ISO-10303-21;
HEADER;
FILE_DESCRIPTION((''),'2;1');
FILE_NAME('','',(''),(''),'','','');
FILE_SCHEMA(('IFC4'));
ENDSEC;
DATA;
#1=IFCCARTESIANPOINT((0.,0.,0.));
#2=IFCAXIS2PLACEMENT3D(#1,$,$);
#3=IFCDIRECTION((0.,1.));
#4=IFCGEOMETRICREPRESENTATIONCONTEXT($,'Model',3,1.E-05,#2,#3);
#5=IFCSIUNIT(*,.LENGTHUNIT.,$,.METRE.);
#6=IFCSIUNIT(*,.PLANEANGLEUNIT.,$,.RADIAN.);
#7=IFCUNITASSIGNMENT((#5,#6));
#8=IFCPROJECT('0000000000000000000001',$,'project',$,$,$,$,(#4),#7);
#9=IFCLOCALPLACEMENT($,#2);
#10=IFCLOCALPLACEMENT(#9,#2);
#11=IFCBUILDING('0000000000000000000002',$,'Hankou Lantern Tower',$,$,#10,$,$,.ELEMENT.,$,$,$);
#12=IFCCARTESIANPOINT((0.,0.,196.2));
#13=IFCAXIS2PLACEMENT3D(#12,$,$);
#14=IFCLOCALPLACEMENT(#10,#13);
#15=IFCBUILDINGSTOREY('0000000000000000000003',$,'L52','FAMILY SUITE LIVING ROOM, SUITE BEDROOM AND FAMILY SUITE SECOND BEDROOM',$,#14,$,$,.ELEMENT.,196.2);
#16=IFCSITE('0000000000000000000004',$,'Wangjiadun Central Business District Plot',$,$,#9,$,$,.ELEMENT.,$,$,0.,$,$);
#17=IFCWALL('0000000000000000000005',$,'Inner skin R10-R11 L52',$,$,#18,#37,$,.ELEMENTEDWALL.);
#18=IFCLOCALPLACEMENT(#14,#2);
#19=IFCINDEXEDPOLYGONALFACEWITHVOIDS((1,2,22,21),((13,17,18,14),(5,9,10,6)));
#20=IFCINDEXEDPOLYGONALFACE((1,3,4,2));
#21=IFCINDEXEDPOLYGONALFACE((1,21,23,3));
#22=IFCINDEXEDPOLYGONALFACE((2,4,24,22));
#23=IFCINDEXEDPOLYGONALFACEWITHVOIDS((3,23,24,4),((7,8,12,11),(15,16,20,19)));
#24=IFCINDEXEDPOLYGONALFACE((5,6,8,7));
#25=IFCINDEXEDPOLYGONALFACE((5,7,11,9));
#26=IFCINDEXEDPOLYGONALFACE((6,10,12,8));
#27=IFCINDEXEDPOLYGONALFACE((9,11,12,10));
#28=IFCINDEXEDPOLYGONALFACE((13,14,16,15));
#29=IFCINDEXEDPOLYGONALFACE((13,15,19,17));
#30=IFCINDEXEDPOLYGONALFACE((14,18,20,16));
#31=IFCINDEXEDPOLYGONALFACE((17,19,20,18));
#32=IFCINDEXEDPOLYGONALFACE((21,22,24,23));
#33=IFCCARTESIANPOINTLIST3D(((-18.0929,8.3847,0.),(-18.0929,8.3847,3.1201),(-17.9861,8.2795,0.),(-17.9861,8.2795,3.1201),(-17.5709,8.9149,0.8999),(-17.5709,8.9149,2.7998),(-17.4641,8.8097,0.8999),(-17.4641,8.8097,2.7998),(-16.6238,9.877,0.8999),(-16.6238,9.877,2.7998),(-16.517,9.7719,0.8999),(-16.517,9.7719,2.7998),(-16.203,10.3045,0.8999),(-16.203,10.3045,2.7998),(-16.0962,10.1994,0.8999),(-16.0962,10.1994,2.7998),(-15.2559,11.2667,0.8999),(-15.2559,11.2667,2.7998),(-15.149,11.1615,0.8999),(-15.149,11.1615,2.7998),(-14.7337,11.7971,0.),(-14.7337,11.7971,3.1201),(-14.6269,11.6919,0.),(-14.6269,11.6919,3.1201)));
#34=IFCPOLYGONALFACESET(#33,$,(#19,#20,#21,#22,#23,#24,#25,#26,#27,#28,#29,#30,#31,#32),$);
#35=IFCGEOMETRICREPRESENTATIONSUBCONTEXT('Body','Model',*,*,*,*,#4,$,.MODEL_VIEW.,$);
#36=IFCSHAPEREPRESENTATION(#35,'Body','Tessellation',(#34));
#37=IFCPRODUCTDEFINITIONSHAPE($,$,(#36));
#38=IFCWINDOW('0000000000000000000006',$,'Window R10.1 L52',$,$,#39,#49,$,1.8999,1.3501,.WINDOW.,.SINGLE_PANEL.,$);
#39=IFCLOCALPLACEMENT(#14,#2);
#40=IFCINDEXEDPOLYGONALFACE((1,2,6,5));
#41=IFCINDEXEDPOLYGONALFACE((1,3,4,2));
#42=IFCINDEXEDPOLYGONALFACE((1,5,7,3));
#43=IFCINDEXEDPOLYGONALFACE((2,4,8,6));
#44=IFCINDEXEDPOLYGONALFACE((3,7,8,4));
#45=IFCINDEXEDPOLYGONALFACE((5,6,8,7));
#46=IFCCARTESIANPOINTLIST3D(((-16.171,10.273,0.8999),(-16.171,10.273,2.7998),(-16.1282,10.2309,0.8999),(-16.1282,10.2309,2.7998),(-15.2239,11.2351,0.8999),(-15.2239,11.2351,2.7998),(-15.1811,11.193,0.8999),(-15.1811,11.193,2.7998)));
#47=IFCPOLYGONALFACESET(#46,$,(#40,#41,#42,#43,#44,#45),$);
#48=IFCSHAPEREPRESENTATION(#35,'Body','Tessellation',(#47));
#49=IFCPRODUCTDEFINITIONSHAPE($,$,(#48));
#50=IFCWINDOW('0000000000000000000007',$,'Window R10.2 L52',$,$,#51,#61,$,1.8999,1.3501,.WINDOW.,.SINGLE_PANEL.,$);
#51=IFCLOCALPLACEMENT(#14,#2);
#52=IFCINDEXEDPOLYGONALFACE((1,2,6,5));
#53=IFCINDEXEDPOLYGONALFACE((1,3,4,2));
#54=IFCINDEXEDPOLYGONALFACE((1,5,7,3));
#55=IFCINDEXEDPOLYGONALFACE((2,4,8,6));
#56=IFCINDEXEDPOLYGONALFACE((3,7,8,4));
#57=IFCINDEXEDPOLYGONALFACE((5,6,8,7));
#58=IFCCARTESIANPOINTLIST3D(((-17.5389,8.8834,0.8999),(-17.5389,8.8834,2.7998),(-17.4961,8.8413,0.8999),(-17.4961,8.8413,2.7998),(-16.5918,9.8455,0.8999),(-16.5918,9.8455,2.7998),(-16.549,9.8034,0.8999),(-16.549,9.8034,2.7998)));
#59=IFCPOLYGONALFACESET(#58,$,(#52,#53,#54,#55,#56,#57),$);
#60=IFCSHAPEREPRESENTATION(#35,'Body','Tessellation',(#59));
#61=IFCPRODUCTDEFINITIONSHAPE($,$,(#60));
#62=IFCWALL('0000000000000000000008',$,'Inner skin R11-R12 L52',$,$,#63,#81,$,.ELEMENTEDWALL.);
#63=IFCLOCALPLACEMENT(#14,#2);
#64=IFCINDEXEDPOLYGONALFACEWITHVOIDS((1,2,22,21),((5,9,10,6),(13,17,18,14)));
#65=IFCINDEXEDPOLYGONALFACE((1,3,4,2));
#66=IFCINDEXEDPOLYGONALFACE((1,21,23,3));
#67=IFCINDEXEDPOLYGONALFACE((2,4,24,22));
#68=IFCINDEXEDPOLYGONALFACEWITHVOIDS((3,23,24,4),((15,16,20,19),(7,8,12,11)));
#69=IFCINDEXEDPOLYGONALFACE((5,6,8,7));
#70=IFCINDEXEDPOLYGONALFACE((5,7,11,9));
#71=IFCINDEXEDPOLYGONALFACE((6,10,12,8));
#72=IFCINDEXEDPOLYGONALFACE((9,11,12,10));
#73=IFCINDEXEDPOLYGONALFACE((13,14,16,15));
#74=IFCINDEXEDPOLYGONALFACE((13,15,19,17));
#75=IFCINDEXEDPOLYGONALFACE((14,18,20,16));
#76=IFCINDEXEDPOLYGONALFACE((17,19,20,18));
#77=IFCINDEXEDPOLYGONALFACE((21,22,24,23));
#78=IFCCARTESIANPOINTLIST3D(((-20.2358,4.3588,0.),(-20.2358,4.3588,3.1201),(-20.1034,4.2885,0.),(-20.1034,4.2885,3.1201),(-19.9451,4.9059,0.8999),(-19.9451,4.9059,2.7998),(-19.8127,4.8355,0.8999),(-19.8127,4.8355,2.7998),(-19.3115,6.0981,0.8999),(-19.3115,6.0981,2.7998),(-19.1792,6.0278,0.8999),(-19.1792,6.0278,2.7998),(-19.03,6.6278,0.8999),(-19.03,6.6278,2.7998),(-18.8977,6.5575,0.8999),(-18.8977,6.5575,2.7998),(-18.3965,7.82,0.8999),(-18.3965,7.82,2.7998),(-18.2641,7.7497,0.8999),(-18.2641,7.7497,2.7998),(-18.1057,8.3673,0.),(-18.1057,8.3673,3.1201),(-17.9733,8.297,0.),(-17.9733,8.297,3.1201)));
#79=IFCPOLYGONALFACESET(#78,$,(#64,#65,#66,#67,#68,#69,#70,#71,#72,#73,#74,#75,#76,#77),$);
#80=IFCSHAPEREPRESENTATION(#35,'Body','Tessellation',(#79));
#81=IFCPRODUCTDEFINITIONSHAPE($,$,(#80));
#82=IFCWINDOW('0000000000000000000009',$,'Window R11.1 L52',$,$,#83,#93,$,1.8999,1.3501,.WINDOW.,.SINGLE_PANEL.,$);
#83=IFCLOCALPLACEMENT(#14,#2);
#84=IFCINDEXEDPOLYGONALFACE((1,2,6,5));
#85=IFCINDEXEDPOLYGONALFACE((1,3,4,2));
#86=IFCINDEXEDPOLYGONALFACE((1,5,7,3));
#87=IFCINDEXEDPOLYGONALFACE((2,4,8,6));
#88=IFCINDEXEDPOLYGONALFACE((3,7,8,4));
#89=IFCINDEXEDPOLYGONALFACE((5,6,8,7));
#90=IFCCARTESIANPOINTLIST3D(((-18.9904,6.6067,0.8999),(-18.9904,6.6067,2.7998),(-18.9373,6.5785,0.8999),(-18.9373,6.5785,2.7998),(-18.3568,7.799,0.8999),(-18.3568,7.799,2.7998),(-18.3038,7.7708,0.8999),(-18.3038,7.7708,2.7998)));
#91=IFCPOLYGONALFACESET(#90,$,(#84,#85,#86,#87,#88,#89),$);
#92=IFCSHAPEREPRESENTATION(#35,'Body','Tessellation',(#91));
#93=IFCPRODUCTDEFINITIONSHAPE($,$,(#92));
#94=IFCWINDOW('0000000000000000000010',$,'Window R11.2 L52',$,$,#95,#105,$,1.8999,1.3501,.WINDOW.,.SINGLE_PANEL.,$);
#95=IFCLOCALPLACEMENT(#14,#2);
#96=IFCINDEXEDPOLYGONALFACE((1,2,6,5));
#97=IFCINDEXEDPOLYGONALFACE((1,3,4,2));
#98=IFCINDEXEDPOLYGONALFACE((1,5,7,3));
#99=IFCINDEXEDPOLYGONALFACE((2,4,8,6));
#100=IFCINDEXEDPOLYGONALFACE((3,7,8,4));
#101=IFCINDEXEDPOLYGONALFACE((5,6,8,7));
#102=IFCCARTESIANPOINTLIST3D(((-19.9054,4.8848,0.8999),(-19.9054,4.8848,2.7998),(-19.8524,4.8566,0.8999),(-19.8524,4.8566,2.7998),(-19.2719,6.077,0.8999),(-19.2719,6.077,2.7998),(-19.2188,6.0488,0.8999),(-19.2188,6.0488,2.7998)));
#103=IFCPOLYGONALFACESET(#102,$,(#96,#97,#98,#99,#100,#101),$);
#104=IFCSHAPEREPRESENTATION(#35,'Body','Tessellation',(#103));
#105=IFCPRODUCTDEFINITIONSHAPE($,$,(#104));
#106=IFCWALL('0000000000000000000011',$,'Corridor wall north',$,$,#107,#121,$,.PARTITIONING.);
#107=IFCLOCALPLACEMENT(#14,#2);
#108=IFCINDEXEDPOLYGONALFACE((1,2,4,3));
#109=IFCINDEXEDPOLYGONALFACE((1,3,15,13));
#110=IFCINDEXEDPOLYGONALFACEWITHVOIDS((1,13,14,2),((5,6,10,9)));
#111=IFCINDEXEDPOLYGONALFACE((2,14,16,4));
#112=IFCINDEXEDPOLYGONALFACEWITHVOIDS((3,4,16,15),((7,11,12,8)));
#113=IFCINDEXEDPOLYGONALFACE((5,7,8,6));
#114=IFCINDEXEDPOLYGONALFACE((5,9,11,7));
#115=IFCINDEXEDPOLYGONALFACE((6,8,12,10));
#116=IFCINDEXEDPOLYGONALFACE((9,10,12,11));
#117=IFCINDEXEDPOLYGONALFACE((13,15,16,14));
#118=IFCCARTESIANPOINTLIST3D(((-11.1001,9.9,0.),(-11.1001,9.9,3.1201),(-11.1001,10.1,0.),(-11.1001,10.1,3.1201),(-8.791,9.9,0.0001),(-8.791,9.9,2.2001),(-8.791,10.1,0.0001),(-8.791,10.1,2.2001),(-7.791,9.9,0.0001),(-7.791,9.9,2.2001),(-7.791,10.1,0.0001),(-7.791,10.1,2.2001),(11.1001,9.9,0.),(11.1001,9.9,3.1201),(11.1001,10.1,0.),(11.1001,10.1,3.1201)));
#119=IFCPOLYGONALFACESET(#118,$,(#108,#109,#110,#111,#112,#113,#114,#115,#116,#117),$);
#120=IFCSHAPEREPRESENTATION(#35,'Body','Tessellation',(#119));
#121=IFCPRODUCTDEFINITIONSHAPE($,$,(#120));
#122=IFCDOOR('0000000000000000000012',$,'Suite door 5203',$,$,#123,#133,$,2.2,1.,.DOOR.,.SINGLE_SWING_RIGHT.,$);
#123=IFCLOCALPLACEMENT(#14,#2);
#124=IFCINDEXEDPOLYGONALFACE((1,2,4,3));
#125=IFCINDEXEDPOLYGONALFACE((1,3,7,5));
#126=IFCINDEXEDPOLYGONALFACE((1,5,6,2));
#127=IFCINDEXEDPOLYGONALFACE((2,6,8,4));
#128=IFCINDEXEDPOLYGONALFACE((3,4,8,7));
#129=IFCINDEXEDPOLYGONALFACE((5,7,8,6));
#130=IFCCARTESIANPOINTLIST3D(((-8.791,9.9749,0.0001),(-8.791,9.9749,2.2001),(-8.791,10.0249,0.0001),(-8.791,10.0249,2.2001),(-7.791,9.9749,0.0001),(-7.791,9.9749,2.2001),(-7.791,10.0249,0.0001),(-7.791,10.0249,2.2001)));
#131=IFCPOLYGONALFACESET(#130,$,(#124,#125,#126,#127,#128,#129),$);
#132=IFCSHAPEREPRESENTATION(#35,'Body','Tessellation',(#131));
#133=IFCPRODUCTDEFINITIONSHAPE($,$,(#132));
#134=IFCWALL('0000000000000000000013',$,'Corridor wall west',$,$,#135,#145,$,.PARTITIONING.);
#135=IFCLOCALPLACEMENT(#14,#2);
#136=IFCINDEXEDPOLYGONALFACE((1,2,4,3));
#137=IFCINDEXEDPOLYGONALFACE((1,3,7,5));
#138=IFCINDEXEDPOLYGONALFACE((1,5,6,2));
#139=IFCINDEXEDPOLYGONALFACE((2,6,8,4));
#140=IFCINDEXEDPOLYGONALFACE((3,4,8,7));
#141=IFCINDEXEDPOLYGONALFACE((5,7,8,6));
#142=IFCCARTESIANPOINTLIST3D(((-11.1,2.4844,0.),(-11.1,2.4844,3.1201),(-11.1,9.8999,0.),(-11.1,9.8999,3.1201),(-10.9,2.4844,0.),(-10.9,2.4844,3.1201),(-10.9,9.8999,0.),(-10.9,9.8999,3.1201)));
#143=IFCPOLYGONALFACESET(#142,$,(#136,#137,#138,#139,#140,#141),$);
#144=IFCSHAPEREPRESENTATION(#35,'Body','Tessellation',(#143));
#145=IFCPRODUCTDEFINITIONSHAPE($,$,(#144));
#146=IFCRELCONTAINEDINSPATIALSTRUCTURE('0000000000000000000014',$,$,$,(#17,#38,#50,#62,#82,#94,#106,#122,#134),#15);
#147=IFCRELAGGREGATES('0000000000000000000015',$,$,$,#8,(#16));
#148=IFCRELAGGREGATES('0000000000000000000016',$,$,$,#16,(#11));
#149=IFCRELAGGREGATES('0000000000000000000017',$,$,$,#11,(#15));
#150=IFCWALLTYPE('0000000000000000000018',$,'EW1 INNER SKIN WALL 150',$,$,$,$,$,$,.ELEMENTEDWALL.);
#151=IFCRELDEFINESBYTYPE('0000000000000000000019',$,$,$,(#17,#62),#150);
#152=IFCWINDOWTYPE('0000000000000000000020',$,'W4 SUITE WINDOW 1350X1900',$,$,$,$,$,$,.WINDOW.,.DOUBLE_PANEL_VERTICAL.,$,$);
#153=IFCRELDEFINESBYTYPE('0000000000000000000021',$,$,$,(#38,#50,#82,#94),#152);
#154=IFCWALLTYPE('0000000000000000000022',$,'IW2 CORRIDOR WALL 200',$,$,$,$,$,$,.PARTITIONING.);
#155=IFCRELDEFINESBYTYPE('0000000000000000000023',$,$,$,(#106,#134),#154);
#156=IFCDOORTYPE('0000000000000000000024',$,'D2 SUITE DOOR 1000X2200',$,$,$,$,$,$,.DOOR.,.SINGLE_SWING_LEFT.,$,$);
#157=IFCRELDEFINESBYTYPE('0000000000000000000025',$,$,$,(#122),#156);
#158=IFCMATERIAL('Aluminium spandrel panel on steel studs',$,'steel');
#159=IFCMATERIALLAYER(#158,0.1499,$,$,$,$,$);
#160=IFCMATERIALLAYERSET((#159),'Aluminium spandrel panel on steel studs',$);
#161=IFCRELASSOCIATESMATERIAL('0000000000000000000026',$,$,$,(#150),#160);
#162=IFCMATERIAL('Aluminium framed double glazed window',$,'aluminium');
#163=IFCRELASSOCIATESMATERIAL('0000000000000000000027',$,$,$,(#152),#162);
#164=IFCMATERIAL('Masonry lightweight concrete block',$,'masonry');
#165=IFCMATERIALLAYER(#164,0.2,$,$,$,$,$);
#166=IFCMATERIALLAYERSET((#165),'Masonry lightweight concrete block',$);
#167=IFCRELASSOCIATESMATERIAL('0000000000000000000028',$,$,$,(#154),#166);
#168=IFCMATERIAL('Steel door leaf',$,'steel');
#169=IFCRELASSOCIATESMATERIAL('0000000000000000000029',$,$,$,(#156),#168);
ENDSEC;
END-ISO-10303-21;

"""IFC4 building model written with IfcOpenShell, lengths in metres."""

from ifc_helpers import new_model, si_unit, direction, frame, frame_2d, origin, place, context, subcontext, project, spatial, rectangle, extrude, material, layer, layer_set, type_object, element, fill, save


model = new_model("IFC4")

# Units and contexts
model_context = context("Model", 3, precision=1e-05, world=origin(), true_north=direction((0.0, 1.0)))
body_context = subcontext(model_context, "Body", "Model", "MODEL_VIEW")
ifc_project = project(units=[si_unit("LENGTHUNIT", "METRE"), si_unit("PLANEANGLEUNIT", "RADIAN")], contexts=[model_context])

# Site, building, storey
site_placement = place(None, origin())
site = spatial("IfcSite", under=ifc_project, at=site_placement, Name="Wangjiadun Central Business District Plot", CompositionType="ELEMENT", RefElevation=0.0)
building_placement = place(site_placement, origin())
building = spatial("IfcBuilding", under=site, at=building_placement, Name="Hankou Lantern Tower", CompositionType="ELEMENT")
storey_placement = place(building_placement, frame((0.0, 0.0, 196.2)))
storey = spatial("IfcBuildingStorey", under=building, at=storey_placement, Name="L52", Description="FAMILY SUITE LIVING ROOM, SUITE BEDROOM AND FAMILY SUITE SECOND BEDROOM", CompositionType="ELEMENT", Elevation=196.2)

# Walls, openings, windows
ifc_material_1 = material(Name="Aluminium spandrel panel on steel studs", Category="steel")
ifc_layer_1 = layer(ifc_material_1, 0.1499)
ifc_layer_set_1 = layer_set([ifc_layer_1], Name="Aluminium spandrel panel on steel studs")
wall_type_1 = type_object("IfcWallType", Name="EW1 INNER SKIN WALL 150", PredefinedType="ELEMENTEDWALL", material=ifc_layer_set_1)
wall_1_placement = place(storey_placement, frame((-14.6804, 11.7444, 0.0), z_axis=(0.0, 0.0, 1.0), x_axis=(-0.701527, -0.712643, 0.0)))
wall_1 = element("IfcWall", 1, at=wall_1_placement, inside=storey, type_object=wall_type_1, Name="Inner skin R10-R11 L52", PredefinedType="ELEMENTEDWALL", context=body_context, shape_type="SweptSolid", body=[
    extrude(rectangle(XDim=4.7883, YDim=0.1499, at=frame_2d((2.394, 0.0))), origin(), (0.0, 0.0, 1.0), 3.1201),
])
opening_1_placement = place(wall_1_placement, frame((0.7441, 0.0, 0.8999)))
opening_1 = element("IfcOpeningElement", 2, at=opening_1_placement, cuts=wall_1, PredefinedType="OPENING", context=body_context, shape_type="SweptSolid", body=[
    extrude(rectangle(XDim=1.3501, YDim=1.8999, at=frame_2d((0.675, 0.95))), frame((0.0, 0.085, 0.0), z_axis=(0.0, -1.0, 0.0), x_axis=(1.0, 0.0, 0.0)), (0.0, 0.0, 1.0), 0.1699),
])
opening_2_placement = place(wall_1_placement, frame((2.6941, 0.0, 0.8999)))
opening_2 = element("IfcOpeningElement", 3, at=opening_2_placement, cuts=wall_1, PredefinedType="OPENING", context=body_context, shape_type="SweptSolid", body=[
    extrude(rectangle(XDim=1.3501, YDim=1.8999, at=frame_2d((0.675, 0.95))), frame((0.0, 0.085, 0.0), z_axis=(0.0, -1.0, 0.0), x_axis=(1.0, 0.0, 0.0)), (0.0, 0.0, 1.0), 0.1699),
])
ifc_material_2 = material(Name="Aluminium framed double glazed window", Category="aluminium")
window_type = type_object("IfcWindowType", Name="W4 SUITE WINDOW 1350X1900", PartitioningType="DOUBLE_PANEL_VERTICAL", PredefinedType="WINDOW", material=ifc_material_2)
window_1_placement = place(opening_1_placement, origin())
window_1 = element("IfcWindow", 4, at=window_1_placement, inside=storey, type_object=window_type, Name="Window R10.1 L52", OverallHeight=1.8999, OverallWidth=1.3501, PartitioningType="SINGLE_PANEL", PredefinedType="WINDOW", context=body_context, shape_type="SweptSolid", body=[
    extrude(rectangle(XDim=1.3501, YDim=1.8999, at=frame_2d((0.675, 0.95))), frame((0.0, 0.03, 0.0), z_axis=(0.0, -1.0, 0.0), x_axis=(1.0, 0.0, 0.0)), (0.0, 0.0, 1.0), 0.0601),
])
fill(opening_1, window_1)
window_2_placement = place(opening_2_placement, origin())
window_2 = element("IfcWindow", 5, at=window_2_placement, inside=storey, type_object=window_type, Name="Window R10.2 L52", OverallHeight=1.8999, OverallWidth=1.3501, PartitioningType="SINGLE_PANEL", PredefinedType="WINDOW", context=body_context, shape_type="SweptSolid", body=[
    extrude(rectangle(XDim=1.3501, YDim=1.8999, at=frame_2d((0.675, 0.95))), frame((0.0, 0.03, 0.0), z_axis=(0.0, -1.0, 0.0), x_axis=(1.0, 0.0, 0.0)), (0.0, 0.0, 1.0), 0.0601),
])
fill(opening_2, window_2)
wall_2_placement = place(storey_placement, frame((-18.0396, 8.332, 0.0), z_axis=(0.0, 0.0, 1.0), x_axis=(-0.469256, -0.883062, 0.0)))
wall_2 = element("IfcWall", 6, at=wall_2_placement, inside=storey, type_object=wall_type_1, Name="Inner skin R11-R12 L52", PredefinedType="ELEMENTEDWALL", context=body_context, shape_type="SweptSolid", body=[
    extrude(rectangle(XDim=4.5393, YDim=0.1499, at=frame_2d((2.2695, 0.0))), origin(), (0.0, 0.0, 1.0), 3.1201),
])
opening_3_placement = place(wall_2_placement, frame((0.6196, 0.0, 0.8999)))
opening_3 = element("IfcOpeningElement", 7, at=opening_3_placement, cuts=wall_2, PredefinedType="OPENING", context=body_context, shape_type="SweptSolid", body=[
    extrude(rectangle(XDim=1.3501, YDim=1.8999, at=frame_2d((0.675, 0.95))), frame((0.0, 0.085, 0.0), z_axis=(0.0, -1.0, 0.0), x_axis=(1.0, 0.0, 0.0)), (0.0, 0.0, 1.0), 0.1699),
])
opening_4_placement = place(wall_2_placement, frame((2.5696, 0.0, 0.8999)))
opening_4 = element("IfcOpeningElement", 8, at=opening_4_placement, cuts=wall_2, PredefinedType="OPENING", context=body_context, shape_type="SweptSolid", body=[
    extrude(rectangle(XDim=1.3501, YDim=1.8999, at=frame_2d((0.675, 0.95))), frame((0.0, 0.085, 0.0), z_axis=(0.0, -1.0, 0.0), x_axis=(1.0, 0.0, 0.0)), (0.0, 0.0, 1.0), 0.1699),
])
window_3_placement = place(opening_3_placement, origin())
window_3 = element("IfcWindow", 9, at=window_3_placement, inside=storey, type_object=window_type, Name="Window R11.1 L52", OverallHeight=1.8999, OverallWidth=1.3501, PartitioningType="SINGLE_PANEL", PredefinedType="WINDOW", context=body_context, shape_type="SweptSolid", body=[
    extrude(rectangle(XDim=1.3501, YDim=1.8999, at=frame_2d((0.675, 0.95))), frame((0.0, 0.03, 0.0), z_axis=(0.0, -1.0, 0.0), x_axis=(1.0, 0.0, 0.0)), (0.0, 0.0, 1.0), 0.0601),
])
fill(opening_3, window_3)
window_4_placement = place(opening_4_placement, origin())
window_4 = element("IfcWindow", 10, at=window_4_placement, inside=storey, type_object=window_type, Name="Window R11.2 L52", OverallHeight=1.8999, OverallWidth=1.3501, PartitioningType="SINGLE_PANEL", PredefinedType="WINDOW", context=body_context, shape_type="SweptSolid", body=[
    extrude(rectangle(XDim=1.3501, YDim=1.8999, at=frame_2d((0.675, 0.95))), frame((0.0, 0.03, 0.0), z_axis=(0.0, -1.0, 0.0), x_axis=(1.0, 0.0, 0.0)), (0.0, 0.0, 1.0), 0.0601),
])
fill(opening_4, window_4)

# Wall, opening, door
ifc_material_3 = material(Name="Masonry lightweight concrete block", Category="masonry")
ifc_layer_2 = layer(ifc_material_3, 0.2)
ifc_layer_set_2 = layer_set([ifc_layer_2], Name="Masonry lightweight concrete block")
wall_type_2 = type_object("IfcWallType", Name="IW2 CORRIDOR WALL 200", PredefinedType="PARTITIONING", material=ifc_layer_set_2)
wall_3_placement = place(storey_placement, frame((-11.1001, 10.0, 0.0), z_axis=(0.0, 0.0, 1.0), x_axis=(1.0, 0.0, 0.0)))
wall_3 = element("IfcWall", 11, at=wall_3_placement, inside=storey, type_object=wall_type_2, Name="Corridor wall north", PredefinedType="PARTITIONING", context=body_context, shape_type="SweptSolid", body=[
    extrude(rectangle(XDim=22.2002, YDim=0.2, at=frame_2d((11.1001, 0.0))), origin(), (0.0, 0.0, 1.0), 3.1201),
])
opening_5_placement = place(wall_3_placement, frame((2.3091, 0.0, 0.0)))
opening_5 = element("IfcOpeningElement", 12, at=opening_5_placement, cuts=wall_3, PredefinedType="OPENING", context=body_context, shape_type="SweptSolid", body=[
    extrude(rectangle(XDim=1.0, YDim=2.2, at=frame_2d((0.5, 1.1001))), frame((0.0, 0.1099, 0.0), z_axis=(0.0, -1.0, 0.0), x_axis=(1.0, 0.0, 0.0)), (0.0, 0.0, 1.0), 0.22),
])
ifc_material_4 = material(Name="Steel door leaf", Category="steel")
door_type_1 = type_object("IfcDoorType", Name="D2 SUITE DOOR 1000X2200", OperationType="SINGLE_SWING_LEFT", PredefinedType="DOOR", material=ifc_material_4)
door_1_placement = place(opening_5_placement, origin())
door_1 = element("IfcDoor", 13, at=door_1_placement, inside=storey, type_object=door_type_1, Name="Suite door 5203", OperationType="SINGLE_SWING_RIGHT", OverallHeight=2.2, OverallWidth=1.0, PredefinedType="DOOR", context=body_context, shape_type="SweptSolid", body=[
    extrude(rectangle(XDim=1.0, YDim=2.2, at=frame_2d((0.5, 1.1001))), frame((0.0, 0.0249, 0.0), z_axis=(0.0, -1.0, 0.0), x_axis=(1.0, 0.0, 0.0)), (0.0, 0.0, 1.0), 0.05),
])
fill(opening_5, door_1)

# Wall
wall_4_placement = place(storey_placement, frame((-11.0, 9.8999, 0.0), z_axis=(0.0, 0.0, 1.0), x_axis=(0.0, -1.0, 0.0)))
element("IfcWall", 14, at=wall_4_placement, inside=storey, type_object=wall_type_2, Name="Corridor wall west", PredefinedType="PARTITIONING", context=body_context, shape_type="SweptSolid", body=[
    extrude(rectangle(XDim=7.4155, YDim=0.2, at=frame_2d((3.7078, 0.0))), origin(), (0.0, 0.0, 1.0), 3.1201),
])

save(model, "model.ifc")
